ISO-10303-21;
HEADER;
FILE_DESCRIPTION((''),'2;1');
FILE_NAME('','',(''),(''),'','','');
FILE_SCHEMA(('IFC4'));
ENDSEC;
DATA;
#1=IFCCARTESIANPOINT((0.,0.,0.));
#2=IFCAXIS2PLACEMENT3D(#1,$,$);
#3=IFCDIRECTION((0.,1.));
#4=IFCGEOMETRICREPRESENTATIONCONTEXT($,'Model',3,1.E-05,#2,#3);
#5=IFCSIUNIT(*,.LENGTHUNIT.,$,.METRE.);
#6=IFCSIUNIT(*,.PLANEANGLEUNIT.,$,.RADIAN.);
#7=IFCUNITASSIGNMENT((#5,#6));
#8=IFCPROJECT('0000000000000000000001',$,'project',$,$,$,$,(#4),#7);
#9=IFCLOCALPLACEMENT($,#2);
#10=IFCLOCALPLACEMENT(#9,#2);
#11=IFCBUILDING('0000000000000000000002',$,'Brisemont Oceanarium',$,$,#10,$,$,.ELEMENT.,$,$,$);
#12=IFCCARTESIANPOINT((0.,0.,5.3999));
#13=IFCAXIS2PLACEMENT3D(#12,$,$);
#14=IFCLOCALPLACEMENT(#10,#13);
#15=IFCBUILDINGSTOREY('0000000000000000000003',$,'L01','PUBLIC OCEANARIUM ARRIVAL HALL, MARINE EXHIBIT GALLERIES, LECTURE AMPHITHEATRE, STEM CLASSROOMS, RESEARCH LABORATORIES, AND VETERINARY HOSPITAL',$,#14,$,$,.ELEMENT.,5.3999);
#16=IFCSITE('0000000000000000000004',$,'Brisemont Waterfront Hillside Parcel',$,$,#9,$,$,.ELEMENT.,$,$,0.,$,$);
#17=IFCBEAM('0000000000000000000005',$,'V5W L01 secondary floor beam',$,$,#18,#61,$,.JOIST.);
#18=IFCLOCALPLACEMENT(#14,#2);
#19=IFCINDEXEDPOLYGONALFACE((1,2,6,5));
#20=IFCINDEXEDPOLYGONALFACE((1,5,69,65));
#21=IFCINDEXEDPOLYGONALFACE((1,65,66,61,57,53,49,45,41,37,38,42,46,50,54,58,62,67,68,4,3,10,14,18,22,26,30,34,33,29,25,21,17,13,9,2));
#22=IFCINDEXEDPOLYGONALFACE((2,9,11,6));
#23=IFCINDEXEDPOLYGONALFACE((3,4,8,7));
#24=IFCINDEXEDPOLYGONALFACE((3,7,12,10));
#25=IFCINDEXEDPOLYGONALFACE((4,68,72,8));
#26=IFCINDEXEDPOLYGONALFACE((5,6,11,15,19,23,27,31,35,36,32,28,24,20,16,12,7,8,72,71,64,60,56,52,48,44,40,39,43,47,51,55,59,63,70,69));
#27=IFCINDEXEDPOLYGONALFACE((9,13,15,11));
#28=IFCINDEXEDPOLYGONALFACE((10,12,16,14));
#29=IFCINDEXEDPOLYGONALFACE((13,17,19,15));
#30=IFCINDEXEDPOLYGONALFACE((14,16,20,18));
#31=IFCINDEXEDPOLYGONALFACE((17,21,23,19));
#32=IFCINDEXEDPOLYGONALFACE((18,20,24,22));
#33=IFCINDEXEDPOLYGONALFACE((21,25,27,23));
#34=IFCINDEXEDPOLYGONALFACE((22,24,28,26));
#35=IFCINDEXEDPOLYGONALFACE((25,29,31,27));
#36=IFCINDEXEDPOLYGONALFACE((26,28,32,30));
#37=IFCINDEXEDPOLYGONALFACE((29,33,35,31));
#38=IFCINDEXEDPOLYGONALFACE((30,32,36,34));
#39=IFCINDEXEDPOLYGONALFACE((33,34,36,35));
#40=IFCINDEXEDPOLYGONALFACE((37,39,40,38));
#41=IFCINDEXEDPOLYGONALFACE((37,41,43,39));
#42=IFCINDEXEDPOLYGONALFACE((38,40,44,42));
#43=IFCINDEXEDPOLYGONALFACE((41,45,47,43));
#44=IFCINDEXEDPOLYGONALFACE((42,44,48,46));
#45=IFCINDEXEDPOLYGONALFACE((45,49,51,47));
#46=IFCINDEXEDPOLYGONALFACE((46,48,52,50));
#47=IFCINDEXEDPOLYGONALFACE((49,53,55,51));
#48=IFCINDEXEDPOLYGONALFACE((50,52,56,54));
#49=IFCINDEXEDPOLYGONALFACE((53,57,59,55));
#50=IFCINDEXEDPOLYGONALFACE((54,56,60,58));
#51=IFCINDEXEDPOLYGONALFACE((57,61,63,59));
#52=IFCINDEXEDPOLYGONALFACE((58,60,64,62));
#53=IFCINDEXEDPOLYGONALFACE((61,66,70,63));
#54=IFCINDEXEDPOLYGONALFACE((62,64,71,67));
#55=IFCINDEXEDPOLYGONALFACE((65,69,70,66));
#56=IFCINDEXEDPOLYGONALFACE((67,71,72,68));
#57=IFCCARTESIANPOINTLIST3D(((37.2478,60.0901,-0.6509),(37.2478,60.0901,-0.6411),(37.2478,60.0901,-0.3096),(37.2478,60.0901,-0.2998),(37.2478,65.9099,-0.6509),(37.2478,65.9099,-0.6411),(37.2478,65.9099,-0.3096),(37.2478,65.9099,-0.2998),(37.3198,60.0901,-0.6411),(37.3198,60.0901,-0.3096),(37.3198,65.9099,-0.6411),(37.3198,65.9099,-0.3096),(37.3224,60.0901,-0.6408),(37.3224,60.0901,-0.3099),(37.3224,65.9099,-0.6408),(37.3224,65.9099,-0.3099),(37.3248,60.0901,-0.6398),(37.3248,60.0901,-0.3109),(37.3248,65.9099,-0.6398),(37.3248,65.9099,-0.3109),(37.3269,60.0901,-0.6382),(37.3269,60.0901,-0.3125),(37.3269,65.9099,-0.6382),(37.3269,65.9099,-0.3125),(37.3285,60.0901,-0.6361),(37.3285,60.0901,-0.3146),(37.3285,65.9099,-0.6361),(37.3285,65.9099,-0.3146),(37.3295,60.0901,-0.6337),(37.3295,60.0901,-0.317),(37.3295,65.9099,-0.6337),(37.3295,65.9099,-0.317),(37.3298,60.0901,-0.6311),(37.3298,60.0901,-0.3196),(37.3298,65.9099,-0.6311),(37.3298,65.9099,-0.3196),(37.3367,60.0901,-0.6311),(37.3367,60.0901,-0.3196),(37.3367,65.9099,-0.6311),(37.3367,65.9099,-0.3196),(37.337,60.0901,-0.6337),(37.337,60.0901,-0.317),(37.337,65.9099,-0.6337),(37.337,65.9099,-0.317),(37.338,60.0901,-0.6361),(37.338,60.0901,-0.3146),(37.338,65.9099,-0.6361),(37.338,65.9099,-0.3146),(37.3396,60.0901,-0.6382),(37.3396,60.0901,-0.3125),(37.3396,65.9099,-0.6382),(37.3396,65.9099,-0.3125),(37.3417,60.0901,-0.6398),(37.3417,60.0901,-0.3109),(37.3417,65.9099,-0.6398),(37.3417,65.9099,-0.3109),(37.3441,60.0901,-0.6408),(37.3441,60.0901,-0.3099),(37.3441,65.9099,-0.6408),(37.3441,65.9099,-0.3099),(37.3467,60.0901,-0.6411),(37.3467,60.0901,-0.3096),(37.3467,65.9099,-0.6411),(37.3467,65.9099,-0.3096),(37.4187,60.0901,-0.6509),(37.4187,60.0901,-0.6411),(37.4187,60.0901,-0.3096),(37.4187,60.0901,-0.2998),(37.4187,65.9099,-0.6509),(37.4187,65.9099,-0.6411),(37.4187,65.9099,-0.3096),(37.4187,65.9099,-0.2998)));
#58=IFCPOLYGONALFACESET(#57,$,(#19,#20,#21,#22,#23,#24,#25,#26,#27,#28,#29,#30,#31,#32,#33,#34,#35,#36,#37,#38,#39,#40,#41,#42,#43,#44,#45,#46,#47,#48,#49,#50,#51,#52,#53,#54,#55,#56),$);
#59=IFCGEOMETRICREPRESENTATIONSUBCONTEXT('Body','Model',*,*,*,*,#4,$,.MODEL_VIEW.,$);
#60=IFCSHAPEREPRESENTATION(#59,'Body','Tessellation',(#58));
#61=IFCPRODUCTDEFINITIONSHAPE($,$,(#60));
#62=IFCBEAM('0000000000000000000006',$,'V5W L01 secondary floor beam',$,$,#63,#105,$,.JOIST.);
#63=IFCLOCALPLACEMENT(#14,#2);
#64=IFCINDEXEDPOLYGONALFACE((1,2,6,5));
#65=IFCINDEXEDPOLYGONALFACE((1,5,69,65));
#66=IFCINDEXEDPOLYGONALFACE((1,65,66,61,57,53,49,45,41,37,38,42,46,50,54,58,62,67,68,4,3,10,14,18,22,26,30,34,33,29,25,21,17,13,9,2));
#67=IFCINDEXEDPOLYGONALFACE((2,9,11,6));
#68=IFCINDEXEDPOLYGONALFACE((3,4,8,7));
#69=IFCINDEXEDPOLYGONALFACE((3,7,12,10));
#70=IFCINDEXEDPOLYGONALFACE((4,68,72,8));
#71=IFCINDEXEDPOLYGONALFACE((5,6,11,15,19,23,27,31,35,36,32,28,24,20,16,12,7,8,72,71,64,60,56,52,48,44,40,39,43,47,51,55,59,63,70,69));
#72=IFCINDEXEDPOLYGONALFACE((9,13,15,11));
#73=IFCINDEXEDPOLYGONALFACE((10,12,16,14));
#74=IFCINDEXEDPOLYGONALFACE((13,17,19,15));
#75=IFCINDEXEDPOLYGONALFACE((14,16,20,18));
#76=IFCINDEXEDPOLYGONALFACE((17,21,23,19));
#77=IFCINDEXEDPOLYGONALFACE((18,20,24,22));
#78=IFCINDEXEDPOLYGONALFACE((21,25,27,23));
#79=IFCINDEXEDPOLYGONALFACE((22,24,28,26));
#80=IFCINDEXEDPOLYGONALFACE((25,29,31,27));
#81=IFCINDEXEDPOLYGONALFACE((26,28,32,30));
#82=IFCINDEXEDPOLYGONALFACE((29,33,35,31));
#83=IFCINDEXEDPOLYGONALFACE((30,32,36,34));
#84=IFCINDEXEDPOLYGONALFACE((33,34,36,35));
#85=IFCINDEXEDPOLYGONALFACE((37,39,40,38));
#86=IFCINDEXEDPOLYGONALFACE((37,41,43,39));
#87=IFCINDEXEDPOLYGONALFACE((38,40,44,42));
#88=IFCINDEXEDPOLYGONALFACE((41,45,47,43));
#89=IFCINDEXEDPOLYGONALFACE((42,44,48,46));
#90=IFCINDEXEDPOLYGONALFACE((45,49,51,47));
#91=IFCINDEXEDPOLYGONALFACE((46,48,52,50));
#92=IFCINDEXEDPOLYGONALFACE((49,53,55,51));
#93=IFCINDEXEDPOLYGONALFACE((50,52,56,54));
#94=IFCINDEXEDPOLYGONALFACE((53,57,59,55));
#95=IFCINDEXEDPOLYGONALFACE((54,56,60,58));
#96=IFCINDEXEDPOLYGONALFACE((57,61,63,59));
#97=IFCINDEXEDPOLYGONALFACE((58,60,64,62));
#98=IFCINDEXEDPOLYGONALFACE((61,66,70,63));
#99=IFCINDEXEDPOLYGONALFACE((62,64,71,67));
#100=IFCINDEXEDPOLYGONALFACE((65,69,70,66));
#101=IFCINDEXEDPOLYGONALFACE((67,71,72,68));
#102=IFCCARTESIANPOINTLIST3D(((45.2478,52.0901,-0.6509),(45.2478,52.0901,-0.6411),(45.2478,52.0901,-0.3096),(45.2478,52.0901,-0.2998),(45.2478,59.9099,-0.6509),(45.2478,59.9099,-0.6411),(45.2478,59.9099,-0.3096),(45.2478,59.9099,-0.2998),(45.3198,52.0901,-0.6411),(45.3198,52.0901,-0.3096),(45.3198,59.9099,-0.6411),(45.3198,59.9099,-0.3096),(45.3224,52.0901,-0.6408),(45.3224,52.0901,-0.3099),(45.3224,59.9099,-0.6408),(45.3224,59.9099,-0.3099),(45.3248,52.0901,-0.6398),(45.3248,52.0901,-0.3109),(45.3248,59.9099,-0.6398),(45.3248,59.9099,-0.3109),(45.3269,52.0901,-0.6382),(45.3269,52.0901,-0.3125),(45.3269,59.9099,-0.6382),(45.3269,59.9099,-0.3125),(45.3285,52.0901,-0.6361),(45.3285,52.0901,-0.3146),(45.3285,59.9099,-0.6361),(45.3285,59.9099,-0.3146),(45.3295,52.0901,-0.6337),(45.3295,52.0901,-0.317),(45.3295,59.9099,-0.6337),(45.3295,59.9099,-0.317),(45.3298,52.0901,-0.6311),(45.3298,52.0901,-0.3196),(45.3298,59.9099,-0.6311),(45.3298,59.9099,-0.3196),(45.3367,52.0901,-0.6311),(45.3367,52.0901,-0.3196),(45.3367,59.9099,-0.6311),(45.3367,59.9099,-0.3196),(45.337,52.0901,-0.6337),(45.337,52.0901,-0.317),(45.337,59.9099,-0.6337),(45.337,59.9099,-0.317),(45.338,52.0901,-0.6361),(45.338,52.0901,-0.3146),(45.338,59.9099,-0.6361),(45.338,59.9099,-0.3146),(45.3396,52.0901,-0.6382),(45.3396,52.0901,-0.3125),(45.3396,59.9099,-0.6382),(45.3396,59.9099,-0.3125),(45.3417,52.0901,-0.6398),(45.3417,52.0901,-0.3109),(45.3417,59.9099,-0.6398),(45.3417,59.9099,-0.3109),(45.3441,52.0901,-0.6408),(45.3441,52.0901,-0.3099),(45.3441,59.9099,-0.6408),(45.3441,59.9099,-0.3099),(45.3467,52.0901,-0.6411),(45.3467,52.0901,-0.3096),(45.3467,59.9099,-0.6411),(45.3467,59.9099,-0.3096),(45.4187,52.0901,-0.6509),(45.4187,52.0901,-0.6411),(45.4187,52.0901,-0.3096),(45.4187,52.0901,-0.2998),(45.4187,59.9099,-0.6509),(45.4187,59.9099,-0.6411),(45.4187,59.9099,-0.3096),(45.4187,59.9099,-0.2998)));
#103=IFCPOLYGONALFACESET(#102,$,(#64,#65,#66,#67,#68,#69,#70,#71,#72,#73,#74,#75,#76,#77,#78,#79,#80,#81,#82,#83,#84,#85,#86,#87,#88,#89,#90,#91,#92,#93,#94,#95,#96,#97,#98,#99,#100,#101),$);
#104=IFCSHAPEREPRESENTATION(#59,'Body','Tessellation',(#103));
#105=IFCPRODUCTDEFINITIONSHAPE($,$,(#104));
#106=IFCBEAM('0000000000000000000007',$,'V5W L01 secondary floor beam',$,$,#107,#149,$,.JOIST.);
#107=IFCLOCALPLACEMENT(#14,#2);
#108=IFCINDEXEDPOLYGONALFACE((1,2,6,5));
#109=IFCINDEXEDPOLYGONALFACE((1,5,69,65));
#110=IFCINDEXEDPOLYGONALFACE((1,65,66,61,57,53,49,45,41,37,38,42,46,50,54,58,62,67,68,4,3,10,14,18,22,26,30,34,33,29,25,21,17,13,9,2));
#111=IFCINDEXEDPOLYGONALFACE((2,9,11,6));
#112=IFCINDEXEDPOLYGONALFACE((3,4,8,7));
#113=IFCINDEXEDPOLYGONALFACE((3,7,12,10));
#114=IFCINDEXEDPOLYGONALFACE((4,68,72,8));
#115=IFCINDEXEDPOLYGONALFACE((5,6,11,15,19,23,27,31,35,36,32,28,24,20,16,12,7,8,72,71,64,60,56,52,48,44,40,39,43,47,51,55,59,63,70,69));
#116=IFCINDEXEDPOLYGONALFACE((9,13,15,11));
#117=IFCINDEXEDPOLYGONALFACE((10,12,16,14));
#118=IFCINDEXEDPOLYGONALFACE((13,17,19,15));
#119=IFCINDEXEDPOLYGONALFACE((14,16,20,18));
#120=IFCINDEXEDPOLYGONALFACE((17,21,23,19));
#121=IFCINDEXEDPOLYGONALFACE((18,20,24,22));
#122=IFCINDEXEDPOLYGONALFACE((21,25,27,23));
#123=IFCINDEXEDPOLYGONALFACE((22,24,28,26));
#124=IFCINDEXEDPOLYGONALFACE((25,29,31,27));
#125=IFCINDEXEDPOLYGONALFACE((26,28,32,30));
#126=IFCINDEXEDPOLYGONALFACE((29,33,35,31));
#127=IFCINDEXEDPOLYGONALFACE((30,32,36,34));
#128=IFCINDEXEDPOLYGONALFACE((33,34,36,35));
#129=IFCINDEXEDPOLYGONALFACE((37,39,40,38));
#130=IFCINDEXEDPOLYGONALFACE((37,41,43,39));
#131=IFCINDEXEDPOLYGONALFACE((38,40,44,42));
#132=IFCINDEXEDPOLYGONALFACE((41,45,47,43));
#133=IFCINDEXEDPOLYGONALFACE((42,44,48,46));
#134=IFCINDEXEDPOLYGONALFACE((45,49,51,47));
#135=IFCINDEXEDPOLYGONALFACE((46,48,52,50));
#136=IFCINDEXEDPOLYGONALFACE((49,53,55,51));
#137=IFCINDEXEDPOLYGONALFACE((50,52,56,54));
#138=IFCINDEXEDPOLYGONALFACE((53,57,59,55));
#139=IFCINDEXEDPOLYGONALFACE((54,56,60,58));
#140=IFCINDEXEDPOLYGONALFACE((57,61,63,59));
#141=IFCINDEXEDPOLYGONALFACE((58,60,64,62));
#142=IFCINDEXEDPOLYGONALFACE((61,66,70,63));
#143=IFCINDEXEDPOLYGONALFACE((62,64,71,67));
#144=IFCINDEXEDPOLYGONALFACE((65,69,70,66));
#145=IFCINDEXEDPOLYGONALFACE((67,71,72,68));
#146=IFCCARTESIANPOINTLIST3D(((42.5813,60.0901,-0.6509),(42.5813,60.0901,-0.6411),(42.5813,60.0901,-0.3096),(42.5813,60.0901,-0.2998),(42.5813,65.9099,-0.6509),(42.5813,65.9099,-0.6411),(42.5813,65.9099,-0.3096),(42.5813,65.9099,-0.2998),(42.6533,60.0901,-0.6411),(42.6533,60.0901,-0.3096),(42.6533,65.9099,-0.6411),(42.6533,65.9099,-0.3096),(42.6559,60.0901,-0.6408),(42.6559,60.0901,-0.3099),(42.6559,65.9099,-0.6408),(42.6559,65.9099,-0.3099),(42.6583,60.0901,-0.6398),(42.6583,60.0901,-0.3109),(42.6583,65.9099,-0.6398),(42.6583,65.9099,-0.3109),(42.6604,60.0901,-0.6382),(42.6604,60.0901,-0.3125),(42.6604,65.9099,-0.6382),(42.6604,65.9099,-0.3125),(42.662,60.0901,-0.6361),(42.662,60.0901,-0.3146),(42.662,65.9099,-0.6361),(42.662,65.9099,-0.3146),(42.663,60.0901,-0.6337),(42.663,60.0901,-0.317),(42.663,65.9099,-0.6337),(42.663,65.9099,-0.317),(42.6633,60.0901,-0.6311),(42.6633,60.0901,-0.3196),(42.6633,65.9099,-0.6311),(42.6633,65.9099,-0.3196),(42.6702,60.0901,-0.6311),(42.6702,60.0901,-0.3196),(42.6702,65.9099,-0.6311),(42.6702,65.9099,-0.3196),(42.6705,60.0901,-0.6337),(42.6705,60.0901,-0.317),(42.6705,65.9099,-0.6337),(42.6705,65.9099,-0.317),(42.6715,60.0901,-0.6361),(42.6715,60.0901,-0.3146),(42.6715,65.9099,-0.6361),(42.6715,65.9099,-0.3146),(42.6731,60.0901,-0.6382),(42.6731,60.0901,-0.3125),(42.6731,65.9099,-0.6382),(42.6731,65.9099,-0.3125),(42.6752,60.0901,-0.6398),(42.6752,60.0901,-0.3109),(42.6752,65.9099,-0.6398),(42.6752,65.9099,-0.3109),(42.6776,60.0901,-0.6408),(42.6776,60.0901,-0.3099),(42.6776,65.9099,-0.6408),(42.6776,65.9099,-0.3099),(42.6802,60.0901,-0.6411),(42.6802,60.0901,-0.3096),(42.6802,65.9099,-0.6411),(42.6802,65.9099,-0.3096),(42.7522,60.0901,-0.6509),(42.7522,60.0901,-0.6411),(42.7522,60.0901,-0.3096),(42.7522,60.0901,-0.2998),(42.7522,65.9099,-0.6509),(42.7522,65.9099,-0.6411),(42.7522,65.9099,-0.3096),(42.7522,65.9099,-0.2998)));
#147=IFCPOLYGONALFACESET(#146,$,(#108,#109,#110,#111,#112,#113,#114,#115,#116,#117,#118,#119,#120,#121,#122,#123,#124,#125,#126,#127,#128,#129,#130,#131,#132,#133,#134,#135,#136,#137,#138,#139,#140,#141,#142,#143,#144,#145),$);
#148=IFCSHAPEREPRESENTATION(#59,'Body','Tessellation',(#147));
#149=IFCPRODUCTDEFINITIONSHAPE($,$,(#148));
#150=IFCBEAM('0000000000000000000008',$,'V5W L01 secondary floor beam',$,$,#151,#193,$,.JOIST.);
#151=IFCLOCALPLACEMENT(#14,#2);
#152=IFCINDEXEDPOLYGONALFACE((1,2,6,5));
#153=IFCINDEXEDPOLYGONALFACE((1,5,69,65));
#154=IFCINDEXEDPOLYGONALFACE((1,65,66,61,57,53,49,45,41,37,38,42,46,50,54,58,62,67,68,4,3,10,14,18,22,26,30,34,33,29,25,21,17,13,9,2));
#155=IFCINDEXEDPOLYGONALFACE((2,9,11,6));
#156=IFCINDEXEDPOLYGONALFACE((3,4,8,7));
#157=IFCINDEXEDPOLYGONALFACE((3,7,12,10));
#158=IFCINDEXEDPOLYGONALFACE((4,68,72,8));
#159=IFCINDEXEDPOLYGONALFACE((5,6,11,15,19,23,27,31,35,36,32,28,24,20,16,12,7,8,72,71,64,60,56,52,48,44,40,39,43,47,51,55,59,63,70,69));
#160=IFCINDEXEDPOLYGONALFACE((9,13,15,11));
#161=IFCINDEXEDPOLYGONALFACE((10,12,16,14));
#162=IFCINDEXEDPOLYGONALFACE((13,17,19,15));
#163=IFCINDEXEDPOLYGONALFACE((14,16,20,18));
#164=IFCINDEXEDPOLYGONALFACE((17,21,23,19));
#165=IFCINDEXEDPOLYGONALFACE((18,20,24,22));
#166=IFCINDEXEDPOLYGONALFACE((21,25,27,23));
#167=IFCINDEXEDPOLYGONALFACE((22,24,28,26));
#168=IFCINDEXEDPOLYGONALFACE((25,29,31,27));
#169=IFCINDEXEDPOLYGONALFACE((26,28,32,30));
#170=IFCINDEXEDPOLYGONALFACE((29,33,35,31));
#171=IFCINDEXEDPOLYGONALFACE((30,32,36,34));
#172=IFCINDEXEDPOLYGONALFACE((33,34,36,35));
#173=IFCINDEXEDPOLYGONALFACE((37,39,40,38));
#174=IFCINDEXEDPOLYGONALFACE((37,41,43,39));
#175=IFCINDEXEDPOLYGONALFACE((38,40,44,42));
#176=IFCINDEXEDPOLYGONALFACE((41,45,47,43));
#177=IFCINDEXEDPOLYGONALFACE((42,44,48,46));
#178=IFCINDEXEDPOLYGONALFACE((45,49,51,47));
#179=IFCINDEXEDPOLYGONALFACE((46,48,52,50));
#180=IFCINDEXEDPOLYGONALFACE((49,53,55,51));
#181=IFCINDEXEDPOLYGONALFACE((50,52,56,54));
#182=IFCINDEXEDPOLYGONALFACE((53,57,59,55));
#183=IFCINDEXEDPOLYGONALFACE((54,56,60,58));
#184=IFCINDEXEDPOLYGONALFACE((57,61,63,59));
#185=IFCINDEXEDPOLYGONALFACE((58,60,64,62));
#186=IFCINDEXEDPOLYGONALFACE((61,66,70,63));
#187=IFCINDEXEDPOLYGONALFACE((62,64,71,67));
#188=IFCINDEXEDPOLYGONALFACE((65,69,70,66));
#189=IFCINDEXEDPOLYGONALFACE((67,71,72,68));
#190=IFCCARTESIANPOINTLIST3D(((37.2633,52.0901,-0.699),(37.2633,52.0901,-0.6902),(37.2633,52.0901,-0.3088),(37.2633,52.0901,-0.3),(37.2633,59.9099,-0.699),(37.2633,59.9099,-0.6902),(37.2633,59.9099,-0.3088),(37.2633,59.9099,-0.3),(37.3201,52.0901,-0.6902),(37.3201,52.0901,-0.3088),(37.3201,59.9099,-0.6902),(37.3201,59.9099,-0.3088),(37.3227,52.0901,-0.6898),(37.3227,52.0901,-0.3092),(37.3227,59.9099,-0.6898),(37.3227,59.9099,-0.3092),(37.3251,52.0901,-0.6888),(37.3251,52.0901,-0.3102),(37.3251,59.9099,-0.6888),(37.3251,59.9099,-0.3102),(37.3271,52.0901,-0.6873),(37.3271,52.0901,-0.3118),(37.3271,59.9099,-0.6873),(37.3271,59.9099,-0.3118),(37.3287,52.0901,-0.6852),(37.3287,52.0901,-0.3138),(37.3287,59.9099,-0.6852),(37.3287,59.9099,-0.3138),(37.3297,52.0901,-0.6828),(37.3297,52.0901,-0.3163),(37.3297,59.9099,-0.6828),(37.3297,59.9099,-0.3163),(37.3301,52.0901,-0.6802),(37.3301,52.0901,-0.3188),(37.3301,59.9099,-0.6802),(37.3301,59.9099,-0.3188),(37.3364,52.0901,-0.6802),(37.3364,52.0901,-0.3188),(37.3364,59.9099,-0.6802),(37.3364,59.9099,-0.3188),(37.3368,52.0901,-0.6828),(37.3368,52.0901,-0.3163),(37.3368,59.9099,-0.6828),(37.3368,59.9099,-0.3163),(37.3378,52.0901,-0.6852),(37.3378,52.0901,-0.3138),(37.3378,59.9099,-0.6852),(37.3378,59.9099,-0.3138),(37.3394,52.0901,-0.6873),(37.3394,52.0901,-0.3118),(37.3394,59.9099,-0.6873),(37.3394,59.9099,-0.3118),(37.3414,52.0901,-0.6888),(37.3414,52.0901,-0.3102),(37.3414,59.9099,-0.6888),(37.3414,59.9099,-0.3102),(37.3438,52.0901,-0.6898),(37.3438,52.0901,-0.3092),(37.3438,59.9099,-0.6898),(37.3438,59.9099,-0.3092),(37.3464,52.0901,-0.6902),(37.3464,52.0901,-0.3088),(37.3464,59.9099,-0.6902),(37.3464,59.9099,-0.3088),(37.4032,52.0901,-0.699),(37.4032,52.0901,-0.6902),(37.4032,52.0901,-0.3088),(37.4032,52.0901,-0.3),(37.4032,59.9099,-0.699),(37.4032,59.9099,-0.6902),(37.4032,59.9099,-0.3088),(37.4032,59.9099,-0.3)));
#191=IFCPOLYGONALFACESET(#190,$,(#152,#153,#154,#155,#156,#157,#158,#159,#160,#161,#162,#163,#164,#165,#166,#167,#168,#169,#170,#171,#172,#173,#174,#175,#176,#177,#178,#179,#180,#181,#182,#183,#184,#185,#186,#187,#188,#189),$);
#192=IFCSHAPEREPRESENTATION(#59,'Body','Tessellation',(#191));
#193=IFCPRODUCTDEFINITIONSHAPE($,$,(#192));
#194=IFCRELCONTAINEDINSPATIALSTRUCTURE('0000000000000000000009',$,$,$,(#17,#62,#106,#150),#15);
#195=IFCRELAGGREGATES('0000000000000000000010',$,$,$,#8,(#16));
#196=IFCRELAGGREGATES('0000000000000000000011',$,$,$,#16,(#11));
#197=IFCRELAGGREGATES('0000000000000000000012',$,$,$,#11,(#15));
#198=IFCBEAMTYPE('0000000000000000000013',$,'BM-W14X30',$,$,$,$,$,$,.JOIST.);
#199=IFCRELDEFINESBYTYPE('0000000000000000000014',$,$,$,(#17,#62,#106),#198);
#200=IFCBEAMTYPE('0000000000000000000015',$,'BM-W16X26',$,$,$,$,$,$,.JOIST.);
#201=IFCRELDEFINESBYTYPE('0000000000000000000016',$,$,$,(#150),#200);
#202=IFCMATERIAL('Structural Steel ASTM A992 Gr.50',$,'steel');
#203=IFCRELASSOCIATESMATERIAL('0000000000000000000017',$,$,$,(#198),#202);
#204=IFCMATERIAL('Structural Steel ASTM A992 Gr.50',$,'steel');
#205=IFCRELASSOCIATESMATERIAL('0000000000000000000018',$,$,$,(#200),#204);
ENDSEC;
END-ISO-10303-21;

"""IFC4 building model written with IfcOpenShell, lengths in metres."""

from ifc_helpers import new_model, si_unit, direction, frame, origin, origin_2d, place, context, subcontext, project, spatial, i_section, extrude, material, material_profile, profile_set, type_object, element, save


model = new_model("IFC4")

# Units and contexts
model_context = context("Model", 3, precision=1e-05, world=origin(), true_north=direction((0.0, 1.0)))
body_context = subcontext(model_context, "Body", "Model", "MODEL_VIEW")
ifc_project = project(units=[si_unit("LENGTHUNIT", "METRE"), si_unit("PLANEANGLEUNIT", "RADIAN")], contexts=[model_context])

# Site, building, storey
site_placement = place(None, origin())
site = spatial("IfcSite", under=ifc_project, at=site_placement, Name="Brisemont Waterfront Hillside Parcel", CompositionType="ELEMENT", RefElevation=0.0)
building_placement = place(site_placement, origin())
building = spatial("IfcBuilding", under=site, at=building_placement, Name="Brisemont Oceanarium", CompositionType="ELEMENT")
storey_placement = place(building_placement, frame((0.0, 0.0, 5.3999)))
storey = spatial("IfcBuildingStorey", under=building, at=storey_placement, Name="L01", Description="PUBLIC OCEANARIUM ARRIVAL HALL, MARINE EXHIBIT GALLERIES, LECTURE AMPHITHEATRE, STEM CLASSROOMS, RESEARCH LABORATORIES, AND VETERINARY HOSPITAL", CompositionType="ELEMENT", Elevation=5.3999)

# Beams
ifc_material_1 = material(Name="Structural Steel ASTM A992 Gr.50", Category="steel")
ifc_material_profile_1 = material_profile(ifc_material_1, i_section(OverallWidth=0.1709, OverallDepth=0.3511, WebThickness=0.0068, FlangeThickness=0.0098, FilletRadius=0.01, at=origin_2d()), Name="W14X30")
ifc_profile_set_1 = profile_set([ifc_material_profile_1], Name="Structural Steel ASTM A992 Gr.50")
beam_type_1 = type_object("IfcBeamType", Name="BM-W14X30", PredefinedType="JOIST", material=ifc_profile_set_1)
beam_1_placement = place(storey_placement, frame((37.3333, 60.0901, -0.4753), z_axis=(0.0, 1.0, 0.0), x_axis=(-1.0, 0.0, 0.0)))
element("IfcBeam", 1, at=beam_1_placement, inside=storey, type_object=beam_type_1, Name="V5W L01 secondary floor beam", PredefinedType="JOIST", context=body_context, shape_type="SweptSolid", body=[
    extrude(i_section(OverallWidth=0.1709, OverallDepth=0.3511, WebThickness=0.0068, FlangeThickness=0.0098, FilletRadius=0.01, at=origin_2d()), origin(), (0.0, 0.0, 1.0), 5.8198),
])
beam_2_placement = place(storey_placement, frame((45.3333, 52.0901, -0.4753), z_axis=(0.0, 1.0, 0.0), x_axis=(-1.0, 0.0, 0.0)))
element("IfcBeam", 2, at=beam_2_placement, inside=storey, type_object=beam_type_1, Name="V5W L01 secondary floor beam", PredefinedType="JOIST", context=body_context, shape_type="SweptSolid", body=[
    extrude(i_section(OverallWidth=0.1709, OverallDepth=0.3511, WebThickness=0.0068, FlangeThickness=0.0098, FilletRadius=0.01, at=origin_2d()), origin(), (0.0, 0.0, 1.0), 7.8198),
])
beam_3_placement = place(storey_placement, frame((42.6667, 60.0901, -0.4753), z_axis=(0.0, 1.0, 0.0), x_axis=(-1.0, 0.0, 0.0)))
element("IfcBeam", 3, at=beam_3_placement, inside=storey, type_object=beam_type_1, Name="V5W L01 secondary floor beam", PredefinedType="JOIST", context=body_context, shape_type="SweptSolid", body=[
    extrude(i_section(OverallWidth=0.1709, OverallDepth=0.3511, WebThickness=0.0068, FlangeThickness=0.0098, FilletRadius=0.01, at=origin_2d()), origin(), (0.0, 0.0, 1.0), 5.8198),
])
ifc_material_2 = material(Name="Structural Steel ASTM A992 Gr.50", Category="steel")
ifc_material_profile_2 = material_profile(ifc_material_2, i_section(OverallWidth=0.1399, OverallDepth=0.3989, WebThickness=0.0063, FlangeThickness=0.0088, FilletRadius=0.01, at=origin_2d()), Name="W16X26")
ifc_profile_set_2 = profile_set([ifc_material_profile_2], Name="Structural Steel ASTM A992 Gr.50")
beam_type_2 = type_object("IfcBeamType", Name="BM-W16X26", PredefinedType="JOIST", material=ifc_profile_set_2)
beam_4_placement = place(storey_placement, frame((37.3333, 52.0901, -0.4995), z_axis=(0.0, 1.0, 0.0), x_axis=(-1.0, 0.0, 0.0)))
element("IfcBeam", 4, at=beam_4_placement, inside=storey, type_object=beam_type_2, Name="V5W L01 secondary floor beam", PredefinedType="JOIST", context=body_context, shape_type="SweptSolid", body=[
    extrude(i_section(OverallWidth=0.1399, OverallDepth=0.3989, WebThickness=0.0063, FlangeThickness=0.0088, FilletRadius=0.01, at=origin_2d()), origin(), (0.0, 0.0, 1.0), 7.8198),
])

save(model, "model.ifc")
